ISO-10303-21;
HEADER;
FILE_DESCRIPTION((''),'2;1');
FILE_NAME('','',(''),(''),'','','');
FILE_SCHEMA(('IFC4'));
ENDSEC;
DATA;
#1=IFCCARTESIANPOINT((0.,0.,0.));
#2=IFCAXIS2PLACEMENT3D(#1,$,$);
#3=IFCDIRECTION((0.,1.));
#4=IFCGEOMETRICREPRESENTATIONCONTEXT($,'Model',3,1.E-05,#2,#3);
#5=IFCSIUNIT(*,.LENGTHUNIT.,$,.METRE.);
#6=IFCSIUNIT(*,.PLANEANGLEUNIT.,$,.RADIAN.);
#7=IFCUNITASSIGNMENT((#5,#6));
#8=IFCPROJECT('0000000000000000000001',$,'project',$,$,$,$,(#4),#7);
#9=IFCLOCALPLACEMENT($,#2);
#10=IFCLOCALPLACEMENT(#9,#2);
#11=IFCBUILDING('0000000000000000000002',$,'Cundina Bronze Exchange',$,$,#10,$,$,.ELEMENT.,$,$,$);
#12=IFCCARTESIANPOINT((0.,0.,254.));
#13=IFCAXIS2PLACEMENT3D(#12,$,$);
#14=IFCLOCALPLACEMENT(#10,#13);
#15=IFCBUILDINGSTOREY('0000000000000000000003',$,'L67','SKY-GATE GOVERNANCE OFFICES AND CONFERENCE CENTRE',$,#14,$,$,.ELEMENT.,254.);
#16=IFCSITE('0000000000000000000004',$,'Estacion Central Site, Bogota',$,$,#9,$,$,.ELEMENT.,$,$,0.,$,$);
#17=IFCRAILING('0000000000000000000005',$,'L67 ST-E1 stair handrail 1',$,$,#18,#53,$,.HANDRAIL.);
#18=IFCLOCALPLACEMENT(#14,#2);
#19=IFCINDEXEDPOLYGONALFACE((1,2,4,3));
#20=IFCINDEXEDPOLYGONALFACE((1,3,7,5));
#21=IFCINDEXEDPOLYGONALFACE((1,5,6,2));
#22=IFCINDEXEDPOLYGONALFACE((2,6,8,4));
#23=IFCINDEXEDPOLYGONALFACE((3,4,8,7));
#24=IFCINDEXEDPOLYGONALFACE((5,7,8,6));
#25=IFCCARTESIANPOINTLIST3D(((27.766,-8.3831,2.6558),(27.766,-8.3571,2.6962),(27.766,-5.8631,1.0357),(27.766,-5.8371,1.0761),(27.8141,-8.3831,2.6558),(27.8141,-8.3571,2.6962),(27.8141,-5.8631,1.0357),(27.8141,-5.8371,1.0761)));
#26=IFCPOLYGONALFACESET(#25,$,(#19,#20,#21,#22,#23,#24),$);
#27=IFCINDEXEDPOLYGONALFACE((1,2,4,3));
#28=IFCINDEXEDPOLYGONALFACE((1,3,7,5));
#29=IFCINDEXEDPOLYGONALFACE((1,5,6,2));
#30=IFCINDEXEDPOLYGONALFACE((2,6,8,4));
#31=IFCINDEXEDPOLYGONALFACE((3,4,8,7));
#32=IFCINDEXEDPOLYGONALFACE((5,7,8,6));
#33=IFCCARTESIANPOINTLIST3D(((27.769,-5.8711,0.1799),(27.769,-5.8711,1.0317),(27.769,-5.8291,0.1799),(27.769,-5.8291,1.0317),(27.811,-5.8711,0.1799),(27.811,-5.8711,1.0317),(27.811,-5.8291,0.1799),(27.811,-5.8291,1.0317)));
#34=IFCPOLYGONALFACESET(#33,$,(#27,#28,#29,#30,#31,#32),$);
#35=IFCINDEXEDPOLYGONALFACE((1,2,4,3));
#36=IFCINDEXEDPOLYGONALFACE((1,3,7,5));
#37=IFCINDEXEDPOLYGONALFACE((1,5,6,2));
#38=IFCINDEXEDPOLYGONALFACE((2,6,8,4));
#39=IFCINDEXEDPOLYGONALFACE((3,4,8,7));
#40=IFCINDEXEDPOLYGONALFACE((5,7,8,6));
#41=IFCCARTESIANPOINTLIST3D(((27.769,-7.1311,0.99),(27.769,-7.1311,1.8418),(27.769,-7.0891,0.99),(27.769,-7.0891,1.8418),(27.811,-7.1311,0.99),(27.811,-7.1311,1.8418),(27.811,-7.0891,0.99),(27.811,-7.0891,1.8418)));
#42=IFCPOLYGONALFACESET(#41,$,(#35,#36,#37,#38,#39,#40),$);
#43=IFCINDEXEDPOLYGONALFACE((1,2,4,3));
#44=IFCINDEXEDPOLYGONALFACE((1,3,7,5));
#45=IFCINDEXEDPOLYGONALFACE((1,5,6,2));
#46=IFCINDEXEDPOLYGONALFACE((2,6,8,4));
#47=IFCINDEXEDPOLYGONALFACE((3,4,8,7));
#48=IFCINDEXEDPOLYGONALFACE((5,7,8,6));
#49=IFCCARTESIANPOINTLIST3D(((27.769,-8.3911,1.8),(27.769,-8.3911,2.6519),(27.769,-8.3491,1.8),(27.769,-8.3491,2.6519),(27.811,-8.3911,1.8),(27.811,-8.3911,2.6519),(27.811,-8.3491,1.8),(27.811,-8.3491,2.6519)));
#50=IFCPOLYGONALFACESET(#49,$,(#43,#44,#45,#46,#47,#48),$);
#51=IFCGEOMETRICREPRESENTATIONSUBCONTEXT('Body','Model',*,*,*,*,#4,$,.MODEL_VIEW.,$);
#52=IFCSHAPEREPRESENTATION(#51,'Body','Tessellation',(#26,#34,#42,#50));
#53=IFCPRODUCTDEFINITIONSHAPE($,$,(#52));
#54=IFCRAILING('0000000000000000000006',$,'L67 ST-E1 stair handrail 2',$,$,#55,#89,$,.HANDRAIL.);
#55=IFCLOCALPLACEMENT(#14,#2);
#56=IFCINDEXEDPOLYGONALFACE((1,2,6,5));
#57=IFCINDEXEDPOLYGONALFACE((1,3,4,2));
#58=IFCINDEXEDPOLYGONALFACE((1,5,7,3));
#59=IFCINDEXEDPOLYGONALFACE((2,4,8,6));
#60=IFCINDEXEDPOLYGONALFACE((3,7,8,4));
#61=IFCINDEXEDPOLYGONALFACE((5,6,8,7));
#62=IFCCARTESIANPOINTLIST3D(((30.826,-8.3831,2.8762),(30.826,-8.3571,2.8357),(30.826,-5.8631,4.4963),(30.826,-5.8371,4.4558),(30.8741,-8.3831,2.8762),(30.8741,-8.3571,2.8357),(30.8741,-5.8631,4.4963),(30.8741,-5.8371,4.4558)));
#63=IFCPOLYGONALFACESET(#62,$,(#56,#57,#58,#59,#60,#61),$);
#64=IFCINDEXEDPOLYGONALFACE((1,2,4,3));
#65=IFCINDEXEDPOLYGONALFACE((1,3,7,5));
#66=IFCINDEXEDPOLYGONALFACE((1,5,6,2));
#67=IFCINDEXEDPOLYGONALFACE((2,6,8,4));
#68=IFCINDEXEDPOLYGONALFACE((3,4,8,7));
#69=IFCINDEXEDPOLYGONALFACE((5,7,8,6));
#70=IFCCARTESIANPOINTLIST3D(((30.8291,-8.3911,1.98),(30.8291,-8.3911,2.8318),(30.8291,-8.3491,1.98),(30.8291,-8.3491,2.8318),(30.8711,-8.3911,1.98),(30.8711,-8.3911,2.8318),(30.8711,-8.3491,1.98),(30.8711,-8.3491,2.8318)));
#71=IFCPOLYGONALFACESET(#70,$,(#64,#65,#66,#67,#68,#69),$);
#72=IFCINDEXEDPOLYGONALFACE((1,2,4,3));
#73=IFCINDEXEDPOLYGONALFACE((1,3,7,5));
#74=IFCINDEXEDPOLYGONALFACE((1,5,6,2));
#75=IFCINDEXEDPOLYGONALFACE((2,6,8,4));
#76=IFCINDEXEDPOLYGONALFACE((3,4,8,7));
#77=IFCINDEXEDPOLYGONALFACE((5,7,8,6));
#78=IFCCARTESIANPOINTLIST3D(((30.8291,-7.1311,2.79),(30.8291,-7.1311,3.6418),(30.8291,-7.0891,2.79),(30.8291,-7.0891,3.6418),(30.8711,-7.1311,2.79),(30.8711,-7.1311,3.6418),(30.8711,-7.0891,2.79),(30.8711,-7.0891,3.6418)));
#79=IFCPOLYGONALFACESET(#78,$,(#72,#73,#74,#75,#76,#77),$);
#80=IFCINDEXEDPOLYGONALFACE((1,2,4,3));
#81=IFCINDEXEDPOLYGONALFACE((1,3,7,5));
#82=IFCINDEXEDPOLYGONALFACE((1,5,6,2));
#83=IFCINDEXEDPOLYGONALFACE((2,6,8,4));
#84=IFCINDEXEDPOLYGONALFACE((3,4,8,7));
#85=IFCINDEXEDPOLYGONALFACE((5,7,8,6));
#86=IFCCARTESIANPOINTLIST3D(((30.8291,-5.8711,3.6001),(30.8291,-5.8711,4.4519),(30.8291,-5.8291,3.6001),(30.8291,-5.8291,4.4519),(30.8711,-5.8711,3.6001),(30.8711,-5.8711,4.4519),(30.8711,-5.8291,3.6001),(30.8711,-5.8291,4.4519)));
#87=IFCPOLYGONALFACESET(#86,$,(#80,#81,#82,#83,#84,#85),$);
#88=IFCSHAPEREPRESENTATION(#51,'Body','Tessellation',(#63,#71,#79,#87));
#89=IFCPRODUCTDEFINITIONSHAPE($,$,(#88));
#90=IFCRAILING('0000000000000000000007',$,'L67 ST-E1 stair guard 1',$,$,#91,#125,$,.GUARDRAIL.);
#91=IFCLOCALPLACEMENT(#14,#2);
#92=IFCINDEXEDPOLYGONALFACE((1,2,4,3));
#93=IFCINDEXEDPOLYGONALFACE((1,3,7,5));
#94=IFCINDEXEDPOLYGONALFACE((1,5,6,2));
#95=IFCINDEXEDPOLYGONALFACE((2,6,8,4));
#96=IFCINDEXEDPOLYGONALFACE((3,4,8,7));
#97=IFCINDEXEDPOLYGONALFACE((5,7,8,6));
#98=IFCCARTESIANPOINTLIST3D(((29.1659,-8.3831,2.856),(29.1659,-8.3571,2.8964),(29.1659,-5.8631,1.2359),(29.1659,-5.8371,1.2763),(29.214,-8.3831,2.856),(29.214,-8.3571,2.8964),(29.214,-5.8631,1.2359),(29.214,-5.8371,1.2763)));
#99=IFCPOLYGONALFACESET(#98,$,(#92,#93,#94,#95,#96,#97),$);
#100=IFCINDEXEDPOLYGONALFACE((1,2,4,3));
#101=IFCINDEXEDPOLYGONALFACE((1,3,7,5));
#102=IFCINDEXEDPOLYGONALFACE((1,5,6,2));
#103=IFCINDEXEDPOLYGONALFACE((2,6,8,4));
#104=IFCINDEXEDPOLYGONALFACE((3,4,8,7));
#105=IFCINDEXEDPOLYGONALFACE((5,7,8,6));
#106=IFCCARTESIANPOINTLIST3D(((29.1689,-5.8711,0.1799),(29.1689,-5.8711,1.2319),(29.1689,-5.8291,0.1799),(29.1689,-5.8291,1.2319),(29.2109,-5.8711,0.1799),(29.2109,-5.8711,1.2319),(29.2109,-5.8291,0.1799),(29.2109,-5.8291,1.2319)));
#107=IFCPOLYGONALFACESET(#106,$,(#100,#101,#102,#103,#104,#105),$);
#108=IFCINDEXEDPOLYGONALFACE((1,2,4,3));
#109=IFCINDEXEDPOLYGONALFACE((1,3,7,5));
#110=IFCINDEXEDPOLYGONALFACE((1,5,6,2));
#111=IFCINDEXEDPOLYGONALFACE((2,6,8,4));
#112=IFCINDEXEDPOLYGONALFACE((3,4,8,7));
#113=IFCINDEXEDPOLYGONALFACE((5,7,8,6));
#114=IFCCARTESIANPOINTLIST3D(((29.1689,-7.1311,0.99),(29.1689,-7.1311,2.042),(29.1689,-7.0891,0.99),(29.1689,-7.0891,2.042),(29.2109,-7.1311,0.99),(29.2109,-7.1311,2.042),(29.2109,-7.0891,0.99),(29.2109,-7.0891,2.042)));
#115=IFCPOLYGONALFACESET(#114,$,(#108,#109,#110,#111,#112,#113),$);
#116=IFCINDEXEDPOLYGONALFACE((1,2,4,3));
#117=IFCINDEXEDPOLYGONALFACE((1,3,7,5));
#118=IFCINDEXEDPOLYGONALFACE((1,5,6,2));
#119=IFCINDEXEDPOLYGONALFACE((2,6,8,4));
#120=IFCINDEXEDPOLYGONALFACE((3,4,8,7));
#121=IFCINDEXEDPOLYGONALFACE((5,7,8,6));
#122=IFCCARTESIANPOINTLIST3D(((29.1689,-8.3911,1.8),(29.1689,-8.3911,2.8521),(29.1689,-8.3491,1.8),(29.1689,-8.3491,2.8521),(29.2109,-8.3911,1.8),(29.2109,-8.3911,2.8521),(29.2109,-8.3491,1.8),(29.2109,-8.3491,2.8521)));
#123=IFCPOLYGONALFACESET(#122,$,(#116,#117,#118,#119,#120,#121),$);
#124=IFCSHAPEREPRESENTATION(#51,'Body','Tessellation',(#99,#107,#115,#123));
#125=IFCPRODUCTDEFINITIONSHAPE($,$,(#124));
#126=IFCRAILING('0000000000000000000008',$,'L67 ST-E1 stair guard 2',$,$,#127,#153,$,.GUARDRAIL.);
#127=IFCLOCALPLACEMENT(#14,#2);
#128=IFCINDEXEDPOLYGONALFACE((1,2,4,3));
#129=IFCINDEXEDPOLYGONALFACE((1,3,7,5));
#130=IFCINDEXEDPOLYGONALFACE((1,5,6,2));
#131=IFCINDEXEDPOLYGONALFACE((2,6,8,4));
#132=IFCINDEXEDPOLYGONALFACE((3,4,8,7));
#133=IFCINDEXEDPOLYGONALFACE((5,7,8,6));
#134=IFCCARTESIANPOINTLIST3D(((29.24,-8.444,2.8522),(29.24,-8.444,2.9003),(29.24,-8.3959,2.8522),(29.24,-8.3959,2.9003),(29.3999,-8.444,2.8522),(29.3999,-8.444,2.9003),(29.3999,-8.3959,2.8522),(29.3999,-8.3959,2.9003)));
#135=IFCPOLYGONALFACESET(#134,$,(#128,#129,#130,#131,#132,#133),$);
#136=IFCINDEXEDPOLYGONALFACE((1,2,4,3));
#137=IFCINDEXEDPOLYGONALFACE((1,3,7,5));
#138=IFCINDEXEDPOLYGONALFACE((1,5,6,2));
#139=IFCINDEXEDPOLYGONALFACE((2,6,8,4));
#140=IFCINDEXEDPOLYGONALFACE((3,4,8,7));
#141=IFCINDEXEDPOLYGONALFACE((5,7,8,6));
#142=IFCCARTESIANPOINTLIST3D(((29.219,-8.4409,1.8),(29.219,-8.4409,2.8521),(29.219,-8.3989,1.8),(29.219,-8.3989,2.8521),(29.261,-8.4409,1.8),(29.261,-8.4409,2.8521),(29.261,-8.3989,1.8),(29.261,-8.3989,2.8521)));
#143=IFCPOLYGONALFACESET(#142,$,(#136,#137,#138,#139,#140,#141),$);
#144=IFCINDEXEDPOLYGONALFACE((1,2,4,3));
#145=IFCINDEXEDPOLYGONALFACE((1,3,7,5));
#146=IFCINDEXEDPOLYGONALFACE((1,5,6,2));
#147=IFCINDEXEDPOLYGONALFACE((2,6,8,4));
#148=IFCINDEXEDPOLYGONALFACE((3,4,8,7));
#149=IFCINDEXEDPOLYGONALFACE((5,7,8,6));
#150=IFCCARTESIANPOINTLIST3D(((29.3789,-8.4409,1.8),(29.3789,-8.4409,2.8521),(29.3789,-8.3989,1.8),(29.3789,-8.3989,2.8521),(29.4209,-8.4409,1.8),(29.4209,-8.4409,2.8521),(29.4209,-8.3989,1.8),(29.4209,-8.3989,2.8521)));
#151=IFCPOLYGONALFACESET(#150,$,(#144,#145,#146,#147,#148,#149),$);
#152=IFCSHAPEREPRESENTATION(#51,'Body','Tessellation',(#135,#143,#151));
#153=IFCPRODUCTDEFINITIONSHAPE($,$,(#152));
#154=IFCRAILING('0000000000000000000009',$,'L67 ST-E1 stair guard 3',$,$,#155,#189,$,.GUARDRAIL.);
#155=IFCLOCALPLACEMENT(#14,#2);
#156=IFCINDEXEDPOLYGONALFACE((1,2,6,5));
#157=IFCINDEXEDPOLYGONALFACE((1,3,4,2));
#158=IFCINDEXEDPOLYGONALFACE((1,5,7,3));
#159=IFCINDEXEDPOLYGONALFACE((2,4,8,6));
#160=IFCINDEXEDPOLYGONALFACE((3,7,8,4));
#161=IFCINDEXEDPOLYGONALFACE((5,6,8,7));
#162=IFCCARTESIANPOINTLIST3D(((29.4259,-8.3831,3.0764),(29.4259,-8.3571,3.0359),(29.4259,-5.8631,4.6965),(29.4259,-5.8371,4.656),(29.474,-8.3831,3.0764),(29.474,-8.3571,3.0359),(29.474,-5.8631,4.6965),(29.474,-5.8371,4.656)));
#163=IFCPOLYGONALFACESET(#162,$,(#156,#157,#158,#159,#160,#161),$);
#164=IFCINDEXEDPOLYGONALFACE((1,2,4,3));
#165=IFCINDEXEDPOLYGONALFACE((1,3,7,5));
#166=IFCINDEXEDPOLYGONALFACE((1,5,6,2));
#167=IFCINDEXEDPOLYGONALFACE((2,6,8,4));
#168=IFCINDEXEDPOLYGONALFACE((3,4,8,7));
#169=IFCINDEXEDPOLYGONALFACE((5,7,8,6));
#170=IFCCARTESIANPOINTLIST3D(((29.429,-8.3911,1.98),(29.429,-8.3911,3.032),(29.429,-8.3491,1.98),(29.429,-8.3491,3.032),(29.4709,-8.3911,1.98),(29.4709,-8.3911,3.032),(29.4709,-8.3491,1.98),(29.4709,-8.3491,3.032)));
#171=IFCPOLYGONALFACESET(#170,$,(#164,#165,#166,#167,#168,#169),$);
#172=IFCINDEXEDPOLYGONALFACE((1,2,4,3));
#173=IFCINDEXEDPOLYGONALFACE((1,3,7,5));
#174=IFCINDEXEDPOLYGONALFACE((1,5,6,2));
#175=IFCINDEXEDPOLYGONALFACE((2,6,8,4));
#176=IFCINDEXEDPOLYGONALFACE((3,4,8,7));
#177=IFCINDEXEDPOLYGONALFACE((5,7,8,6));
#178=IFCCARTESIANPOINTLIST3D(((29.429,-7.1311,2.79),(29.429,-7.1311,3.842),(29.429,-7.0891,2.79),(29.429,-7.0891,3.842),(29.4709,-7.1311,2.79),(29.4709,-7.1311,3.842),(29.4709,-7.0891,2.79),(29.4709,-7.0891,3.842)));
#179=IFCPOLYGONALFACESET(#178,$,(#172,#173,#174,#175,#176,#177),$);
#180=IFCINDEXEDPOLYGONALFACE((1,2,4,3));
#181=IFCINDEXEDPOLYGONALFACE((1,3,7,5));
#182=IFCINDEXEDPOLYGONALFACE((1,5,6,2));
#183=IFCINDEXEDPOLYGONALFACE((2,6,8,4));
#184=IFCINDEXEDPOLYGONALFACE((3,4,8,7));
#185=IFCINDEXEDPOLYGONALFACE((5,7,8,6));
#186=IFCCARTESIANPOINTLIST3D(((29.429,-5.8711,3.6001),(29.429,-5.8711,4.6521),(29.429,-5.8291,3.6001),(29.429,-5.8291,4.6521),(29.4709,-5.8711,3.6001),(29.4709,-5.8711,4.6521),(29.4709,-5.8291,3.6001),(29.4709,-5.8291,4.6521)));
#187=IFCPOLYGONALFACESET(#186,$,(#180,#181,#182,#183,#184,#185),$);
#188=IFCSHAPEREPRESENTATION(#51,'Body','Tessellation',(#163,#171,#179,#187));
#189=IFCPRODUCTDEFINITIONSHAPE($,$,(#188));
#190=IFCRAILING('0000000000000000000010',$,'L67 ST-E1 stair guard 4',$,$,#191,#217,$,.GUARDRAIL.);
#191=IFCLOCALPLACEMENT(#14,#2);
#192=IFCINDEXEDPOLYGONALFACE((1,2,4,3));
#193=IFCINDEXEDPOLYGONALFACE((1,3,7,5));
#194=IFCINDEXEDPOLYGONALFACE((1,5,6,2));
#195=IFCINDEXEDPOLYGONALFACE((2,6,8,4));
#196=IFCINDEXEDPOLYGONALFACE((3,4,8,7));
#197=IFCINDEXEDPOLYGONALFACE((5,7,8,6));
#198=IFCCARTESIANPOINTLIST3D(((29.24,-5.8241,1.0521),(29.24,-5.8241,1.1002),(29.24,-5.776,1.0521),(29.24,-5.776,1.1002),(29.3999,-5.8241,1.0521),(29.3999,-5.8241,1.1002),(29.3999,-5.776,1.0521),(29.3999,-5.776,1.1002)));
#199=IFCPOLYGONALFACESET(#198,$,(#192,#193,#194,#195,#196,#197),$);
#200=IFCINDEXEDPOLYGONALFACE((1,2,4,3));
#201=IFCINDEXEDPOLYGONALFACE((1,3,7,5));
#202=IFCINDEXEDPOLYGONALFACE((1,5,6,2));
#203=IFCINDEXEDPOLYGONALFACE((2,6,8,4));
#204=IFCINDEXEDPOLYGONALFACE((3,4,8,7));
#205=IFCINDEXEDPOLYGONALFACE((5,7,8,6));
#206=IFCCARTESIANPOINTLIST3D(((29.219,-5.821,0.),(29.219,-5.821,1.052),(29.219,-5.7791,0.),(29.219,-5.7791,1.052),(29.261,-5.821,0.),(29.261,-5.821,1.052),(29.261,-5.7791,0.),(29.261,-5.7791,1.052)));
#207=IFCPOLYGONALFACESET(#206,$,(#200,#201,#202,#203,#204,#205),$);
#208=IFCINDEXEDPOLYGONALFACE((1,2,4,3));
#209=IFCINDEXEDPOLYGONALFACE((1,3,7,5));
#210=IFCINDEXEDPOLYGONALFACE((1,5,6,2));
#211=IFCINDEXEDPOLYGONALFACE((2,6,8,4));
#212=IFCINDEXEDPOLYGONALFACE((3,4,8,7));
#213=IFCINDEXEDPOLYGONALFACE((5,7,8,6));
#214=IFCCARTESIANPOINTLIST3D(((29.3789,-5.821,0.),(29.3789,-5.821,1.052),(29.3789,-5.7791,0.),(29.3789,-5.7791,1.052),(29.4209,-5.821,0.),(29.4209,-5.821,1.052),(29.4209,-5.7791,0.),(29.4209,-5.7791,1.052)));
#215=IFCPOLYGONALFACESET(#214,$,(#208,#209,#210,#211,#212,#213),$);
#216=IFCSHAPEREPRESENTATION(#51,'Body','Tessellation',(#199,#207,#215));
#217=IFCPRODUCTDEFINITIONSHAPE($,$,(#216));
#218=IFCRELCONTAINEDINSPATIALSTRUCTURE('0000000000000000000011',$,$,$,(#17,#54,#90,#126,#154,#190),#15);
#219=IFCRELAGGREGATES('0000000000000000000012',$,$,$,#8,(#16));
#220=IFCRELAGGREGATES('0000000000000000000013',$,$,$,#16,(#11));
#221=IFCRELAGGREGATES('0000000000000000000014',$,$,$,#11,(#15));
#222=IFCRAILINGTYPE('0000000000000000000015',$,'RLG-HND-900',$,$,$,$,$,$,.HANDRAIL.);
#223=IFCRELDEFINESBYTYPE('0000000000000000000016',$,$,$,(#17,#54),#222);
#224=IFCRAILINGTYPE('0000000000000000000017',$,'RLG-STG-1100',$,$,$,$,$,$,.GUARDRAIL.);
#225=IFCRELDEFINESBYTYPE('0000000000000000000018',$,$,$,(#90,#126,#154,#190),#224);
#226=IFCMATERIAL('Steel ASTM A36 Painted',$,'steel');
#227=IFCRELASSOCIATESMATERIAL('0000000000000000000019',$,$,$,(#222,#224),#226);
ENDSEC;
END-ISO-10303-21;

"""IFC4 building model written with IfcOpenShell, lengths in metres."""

from ifc_helpers import new_model, si_unit, direction, frame, origin, origin_2d, place, context, subcontext, project, spatial, rectangle, extrude, material, type_object, element, save


model = new_model("IFC4")

# Units and contexts
model_context = context("Model", 3, precision=1e-05, world=origin(), true_north=direction((0.0, 1.0)))
body_context = subcontext(model_context, "Body", "Model", "MODEL_VIEW")
ifc_project = project(units=[si_unit("LENGTHUNIT", "METRE"), si_unit("PLANEANGLEUNIT", "RADIAN")], contexts=[model_context])

# Site, building, storey
site_placement = place(None, origin())
site = spatial("IfcSite", under=ifc_project, at=site_placement, Name="Estacion Central Site, Bogota", CompositionType="ELEMENT", RefElevation=0.0)
building_placement = place(site_placement, origin())
building = spatial("IfcBuilding", under=site, at=building_placement, Name="Cundina Bronze Exchange", CompositionType="ELEMENT")
storey_placement = place(building_placement, frame((0.0, 0.0, 254.0)))
storey = spatial("IfcBuildingStorey", under=building, at=storey_placement, Name="L67", Description="SKY-GATE GOVERNANCE OFFICES AND CONFERENCE CENTRE", CompositionType="ELEMENT", Elevation=254.0)

# Shared definitions
ifc_material_1 = material(Name="Steel ASTM A36 Painted", Category="steel")

# Railings
railing_type_1 = type_object("IfcRailingType", Name="RLG-HND-900", PredefinedType="HANDRAIL", material=ifc_material_1)
railing_1_placement = place(storey_placement, frame((27.79, -5.8501, 0.1799)))
element("IfcRailing", 1, at=railing_1_placement, inside=storey, type_object=railing_type_1, Name="L67 ST-E1 stair handrail 1", PredefinedType="HANDRAIL", context=body_context, shape_type="SweptSolid", body=[
    extrude(rectangle(XDim=0.0481, YDim=0.0481, at=origin_2d()), frame((0.0, 0.0, 0.876), z_axis=(0.0, -0.841163, 0.540782), x_axis=(1.0, 0.0, 0.0)), (0.0, 0.0, 1.0), 2.9958),
    extrude(rectangle(XDim=0.042, YDim=0.042, at=origin_2d()), origin(), (0.0, 0.0, 1.0), 0.8518),
    extrude(rectangle(XDim=0.042, YDim=0.042, at=origin_2d()), frame((0.0, -1.26, 0.8101)), (0.0, 0.0, 1.0), 0.8518),
    extrude(rectangle(XDim=0.042, YDim=0.042, at=origin_2d()), frame((0.0, -2.52, 1.6201)), (0.0, 0.0, 1.0), 0.8518),
])
railing_2_placement = place(storey_placement, frame((30.8501, -8.3701, 1.98)))
element("IfcRailing", 2, at=railing_2_placement, inside=storey, type_object=railing_type_1, Name="L67 ST-E1 stair handrail 2", PredefinedType="HANDRAIL", context=body_context, shape_type="SweptSolid", body=[
    extrude(rectangle(XDim=0.0481, YDim=0.0481, at=origin_2d()), frame((0.0, 0.0, 0.876), z_axis=(0.0, 0.841163, 0.540782), x_axis=(-1.0, 0.0, 0.0)), (0.0, 0.0, 1.0), 2.9958),
    extrude(rectangle(XDim=0.042, YDim=0.042, at=origin_2d()), origin(), (0.0, 0.0, 1.0), 0.8518),
    extrude(rectangle(XDim=0.042, YDim=0.042, at=origin_2d()), frame((0.0, 1.26, 0.8101)), (0.0, 0.0, 1.0), 0.8518),
    extrude(rectangle(XDim=0.042, YDim=0.042, at=origin_2d()), frame((0.0, 2.52, 1.6201)), (0.0, 0.0, 1.0), 0.8518),
])
railing_type_2 = type_object("IfcRailingType", Name="RLG-STG-1100", PredefinedType="GUARDRAIL", material=ifc_material_1)
railing_3_placement = place(storey_placement, frame((29.1899, -5.8501, 0.1799)))
element("IfcRailing", 3, at=railing_3_placement, inside=storey, type_object=railing_type_2, Name="L67 ST-E1 stair guard 1", PredefinedType="GUARDRAIL", context=body_context, shape_type="SweptSolid", body=[
    extrude(rectangle(XDim=0.0481, YDim=0.0481, at=origin_2d()), frame((0.0, 0.0, 1.0762), z_axis=(0.0, -0.841163, 0.540782), x_axis=(1.0, 0.0, 0.0)), (0.0, 0.0, 1.0), 2.9958),
    extrude(rectangle(XDim=0.042, YDim=0.042, at=origin_2d()), origin(), (0.0, 0.0, 1.0), 1.052),
    extrude(rectangle(XDim=0.042, YDim=0.042, at=origin_2d()), frame((0.0, -1.26, 0.8101)), (0.0, 0.0, 1.0), 1.052),
    extrude(rectangle(XDim=0.042, YDim=0.042, at=origin_2d()), frame((0.0, -2.52, 1.6201)), (0.0, 0.0, 1.0), 1.052),
])
railing_4_placement = place(storey_placement, frame((29.24, -8.4199, 1.8)))
element("IfcRailing", 4, at=railing_4_placement, inside=storey, type_object=railing_type_2, Name="L67 ST-E1 stair guard 2", PredefinedType="GUARDRAIL", context=body_context, shape_type="SweptSolid", body=[
    extrude(rectangle(XDim=0.0481, YDim=0.0481, at=origin_2d()), frame((0.0, 0.0, 1.0762), z_axis=(1.0, 0.0, 0.0), x_axis=(0.0, 1.0, 0.0)), (0.0, 0.0, 1.0), 0.1599),
    extrude(rectangle(XDim=0.042, YDim=0.042, at=origin_2d()), origin(), (0.0, 0.0, 1.0), 1.052),
    extrude(rectangle(XDim=0.042, YDim=0.042, at=origin_2d()), frame((0.1599, 0.0, 0.0)), (0.0, 0.0, 1.0), 1.052),
])
railing_5_placement = place(storey_placement, frame((29.45, -8.3701, 1.98)))
element("IfcRailing", 5, at=railing_5_placement, inside=storey, type_object=railing_type_2, Name="L67 ST-E1 stair guard 3", PredefinedType="GUARDRAIL", context=body_context, shape_type="SweptSolid", body=[
    extrude(rectangle(XDim=0.0481, YDim=0.0481, at=origin_2d()), frame((0.0, 0.0, 1.0762), z_axis=(0.0, 0.841163, 0.540782), x_axis=(-1.0, 0.0, 0.0)), (0.0, 0.0, 1.0), 2.9958),
    extrude(rectangle(XDim=0.042, YDim=0.042, at=origin_2d()), origin(), (0.0, 0.0, 1.0), 1.052),
    extrude(rectangle(XDim=0.042, YDim=0.042, at=origin_2d()), frame((0.0, 1.26, 0.8101)), (0.0, 0.0, 1.0), 1.052),
    extrude(rectangle(XDim=0.042, YDim=0.042, at=origin_2d()), frame((0.0, 2.52, 1.6201)), (0.0, 0.0, 1.0), 1.052),
])
railing_6_placement = place(storey_placement, frame((29.24, -5.8, 0.0)))
element("IfcRailing", 6, at=railing_6_placement, inside=storey, type_object=railing_type_2, Name="L67 ST-E1 stair guard 4", PredefinedType="GUARDRAIL", context=body_context, shape_type="SweptSolid", body=[
    extrude(rectangle(XDim=0.0481, YDim=0.0481, at=origin_2d()), frame((0.0, 0.0, 1.0762), z_axis=(1.0, 0.0, 0.0), x_axis=(0.0, 1.0, 0.0)), (0.0, 0.0, 1.0), 0.1599),
    extrude(rectangle(XDim=0.042, YDim=0.042, at=origin_2d()), origin(), (0.0, 0.0, 1.0), 1.052),
    extrude(rectangle(XDim=0.042, YDim=0.042, at=origin_2d()), frame((0.1599, 0.0, 0.0)), (0.0, 0.0, 1.0), 1.052),
])

save(model, "model.ifc")
